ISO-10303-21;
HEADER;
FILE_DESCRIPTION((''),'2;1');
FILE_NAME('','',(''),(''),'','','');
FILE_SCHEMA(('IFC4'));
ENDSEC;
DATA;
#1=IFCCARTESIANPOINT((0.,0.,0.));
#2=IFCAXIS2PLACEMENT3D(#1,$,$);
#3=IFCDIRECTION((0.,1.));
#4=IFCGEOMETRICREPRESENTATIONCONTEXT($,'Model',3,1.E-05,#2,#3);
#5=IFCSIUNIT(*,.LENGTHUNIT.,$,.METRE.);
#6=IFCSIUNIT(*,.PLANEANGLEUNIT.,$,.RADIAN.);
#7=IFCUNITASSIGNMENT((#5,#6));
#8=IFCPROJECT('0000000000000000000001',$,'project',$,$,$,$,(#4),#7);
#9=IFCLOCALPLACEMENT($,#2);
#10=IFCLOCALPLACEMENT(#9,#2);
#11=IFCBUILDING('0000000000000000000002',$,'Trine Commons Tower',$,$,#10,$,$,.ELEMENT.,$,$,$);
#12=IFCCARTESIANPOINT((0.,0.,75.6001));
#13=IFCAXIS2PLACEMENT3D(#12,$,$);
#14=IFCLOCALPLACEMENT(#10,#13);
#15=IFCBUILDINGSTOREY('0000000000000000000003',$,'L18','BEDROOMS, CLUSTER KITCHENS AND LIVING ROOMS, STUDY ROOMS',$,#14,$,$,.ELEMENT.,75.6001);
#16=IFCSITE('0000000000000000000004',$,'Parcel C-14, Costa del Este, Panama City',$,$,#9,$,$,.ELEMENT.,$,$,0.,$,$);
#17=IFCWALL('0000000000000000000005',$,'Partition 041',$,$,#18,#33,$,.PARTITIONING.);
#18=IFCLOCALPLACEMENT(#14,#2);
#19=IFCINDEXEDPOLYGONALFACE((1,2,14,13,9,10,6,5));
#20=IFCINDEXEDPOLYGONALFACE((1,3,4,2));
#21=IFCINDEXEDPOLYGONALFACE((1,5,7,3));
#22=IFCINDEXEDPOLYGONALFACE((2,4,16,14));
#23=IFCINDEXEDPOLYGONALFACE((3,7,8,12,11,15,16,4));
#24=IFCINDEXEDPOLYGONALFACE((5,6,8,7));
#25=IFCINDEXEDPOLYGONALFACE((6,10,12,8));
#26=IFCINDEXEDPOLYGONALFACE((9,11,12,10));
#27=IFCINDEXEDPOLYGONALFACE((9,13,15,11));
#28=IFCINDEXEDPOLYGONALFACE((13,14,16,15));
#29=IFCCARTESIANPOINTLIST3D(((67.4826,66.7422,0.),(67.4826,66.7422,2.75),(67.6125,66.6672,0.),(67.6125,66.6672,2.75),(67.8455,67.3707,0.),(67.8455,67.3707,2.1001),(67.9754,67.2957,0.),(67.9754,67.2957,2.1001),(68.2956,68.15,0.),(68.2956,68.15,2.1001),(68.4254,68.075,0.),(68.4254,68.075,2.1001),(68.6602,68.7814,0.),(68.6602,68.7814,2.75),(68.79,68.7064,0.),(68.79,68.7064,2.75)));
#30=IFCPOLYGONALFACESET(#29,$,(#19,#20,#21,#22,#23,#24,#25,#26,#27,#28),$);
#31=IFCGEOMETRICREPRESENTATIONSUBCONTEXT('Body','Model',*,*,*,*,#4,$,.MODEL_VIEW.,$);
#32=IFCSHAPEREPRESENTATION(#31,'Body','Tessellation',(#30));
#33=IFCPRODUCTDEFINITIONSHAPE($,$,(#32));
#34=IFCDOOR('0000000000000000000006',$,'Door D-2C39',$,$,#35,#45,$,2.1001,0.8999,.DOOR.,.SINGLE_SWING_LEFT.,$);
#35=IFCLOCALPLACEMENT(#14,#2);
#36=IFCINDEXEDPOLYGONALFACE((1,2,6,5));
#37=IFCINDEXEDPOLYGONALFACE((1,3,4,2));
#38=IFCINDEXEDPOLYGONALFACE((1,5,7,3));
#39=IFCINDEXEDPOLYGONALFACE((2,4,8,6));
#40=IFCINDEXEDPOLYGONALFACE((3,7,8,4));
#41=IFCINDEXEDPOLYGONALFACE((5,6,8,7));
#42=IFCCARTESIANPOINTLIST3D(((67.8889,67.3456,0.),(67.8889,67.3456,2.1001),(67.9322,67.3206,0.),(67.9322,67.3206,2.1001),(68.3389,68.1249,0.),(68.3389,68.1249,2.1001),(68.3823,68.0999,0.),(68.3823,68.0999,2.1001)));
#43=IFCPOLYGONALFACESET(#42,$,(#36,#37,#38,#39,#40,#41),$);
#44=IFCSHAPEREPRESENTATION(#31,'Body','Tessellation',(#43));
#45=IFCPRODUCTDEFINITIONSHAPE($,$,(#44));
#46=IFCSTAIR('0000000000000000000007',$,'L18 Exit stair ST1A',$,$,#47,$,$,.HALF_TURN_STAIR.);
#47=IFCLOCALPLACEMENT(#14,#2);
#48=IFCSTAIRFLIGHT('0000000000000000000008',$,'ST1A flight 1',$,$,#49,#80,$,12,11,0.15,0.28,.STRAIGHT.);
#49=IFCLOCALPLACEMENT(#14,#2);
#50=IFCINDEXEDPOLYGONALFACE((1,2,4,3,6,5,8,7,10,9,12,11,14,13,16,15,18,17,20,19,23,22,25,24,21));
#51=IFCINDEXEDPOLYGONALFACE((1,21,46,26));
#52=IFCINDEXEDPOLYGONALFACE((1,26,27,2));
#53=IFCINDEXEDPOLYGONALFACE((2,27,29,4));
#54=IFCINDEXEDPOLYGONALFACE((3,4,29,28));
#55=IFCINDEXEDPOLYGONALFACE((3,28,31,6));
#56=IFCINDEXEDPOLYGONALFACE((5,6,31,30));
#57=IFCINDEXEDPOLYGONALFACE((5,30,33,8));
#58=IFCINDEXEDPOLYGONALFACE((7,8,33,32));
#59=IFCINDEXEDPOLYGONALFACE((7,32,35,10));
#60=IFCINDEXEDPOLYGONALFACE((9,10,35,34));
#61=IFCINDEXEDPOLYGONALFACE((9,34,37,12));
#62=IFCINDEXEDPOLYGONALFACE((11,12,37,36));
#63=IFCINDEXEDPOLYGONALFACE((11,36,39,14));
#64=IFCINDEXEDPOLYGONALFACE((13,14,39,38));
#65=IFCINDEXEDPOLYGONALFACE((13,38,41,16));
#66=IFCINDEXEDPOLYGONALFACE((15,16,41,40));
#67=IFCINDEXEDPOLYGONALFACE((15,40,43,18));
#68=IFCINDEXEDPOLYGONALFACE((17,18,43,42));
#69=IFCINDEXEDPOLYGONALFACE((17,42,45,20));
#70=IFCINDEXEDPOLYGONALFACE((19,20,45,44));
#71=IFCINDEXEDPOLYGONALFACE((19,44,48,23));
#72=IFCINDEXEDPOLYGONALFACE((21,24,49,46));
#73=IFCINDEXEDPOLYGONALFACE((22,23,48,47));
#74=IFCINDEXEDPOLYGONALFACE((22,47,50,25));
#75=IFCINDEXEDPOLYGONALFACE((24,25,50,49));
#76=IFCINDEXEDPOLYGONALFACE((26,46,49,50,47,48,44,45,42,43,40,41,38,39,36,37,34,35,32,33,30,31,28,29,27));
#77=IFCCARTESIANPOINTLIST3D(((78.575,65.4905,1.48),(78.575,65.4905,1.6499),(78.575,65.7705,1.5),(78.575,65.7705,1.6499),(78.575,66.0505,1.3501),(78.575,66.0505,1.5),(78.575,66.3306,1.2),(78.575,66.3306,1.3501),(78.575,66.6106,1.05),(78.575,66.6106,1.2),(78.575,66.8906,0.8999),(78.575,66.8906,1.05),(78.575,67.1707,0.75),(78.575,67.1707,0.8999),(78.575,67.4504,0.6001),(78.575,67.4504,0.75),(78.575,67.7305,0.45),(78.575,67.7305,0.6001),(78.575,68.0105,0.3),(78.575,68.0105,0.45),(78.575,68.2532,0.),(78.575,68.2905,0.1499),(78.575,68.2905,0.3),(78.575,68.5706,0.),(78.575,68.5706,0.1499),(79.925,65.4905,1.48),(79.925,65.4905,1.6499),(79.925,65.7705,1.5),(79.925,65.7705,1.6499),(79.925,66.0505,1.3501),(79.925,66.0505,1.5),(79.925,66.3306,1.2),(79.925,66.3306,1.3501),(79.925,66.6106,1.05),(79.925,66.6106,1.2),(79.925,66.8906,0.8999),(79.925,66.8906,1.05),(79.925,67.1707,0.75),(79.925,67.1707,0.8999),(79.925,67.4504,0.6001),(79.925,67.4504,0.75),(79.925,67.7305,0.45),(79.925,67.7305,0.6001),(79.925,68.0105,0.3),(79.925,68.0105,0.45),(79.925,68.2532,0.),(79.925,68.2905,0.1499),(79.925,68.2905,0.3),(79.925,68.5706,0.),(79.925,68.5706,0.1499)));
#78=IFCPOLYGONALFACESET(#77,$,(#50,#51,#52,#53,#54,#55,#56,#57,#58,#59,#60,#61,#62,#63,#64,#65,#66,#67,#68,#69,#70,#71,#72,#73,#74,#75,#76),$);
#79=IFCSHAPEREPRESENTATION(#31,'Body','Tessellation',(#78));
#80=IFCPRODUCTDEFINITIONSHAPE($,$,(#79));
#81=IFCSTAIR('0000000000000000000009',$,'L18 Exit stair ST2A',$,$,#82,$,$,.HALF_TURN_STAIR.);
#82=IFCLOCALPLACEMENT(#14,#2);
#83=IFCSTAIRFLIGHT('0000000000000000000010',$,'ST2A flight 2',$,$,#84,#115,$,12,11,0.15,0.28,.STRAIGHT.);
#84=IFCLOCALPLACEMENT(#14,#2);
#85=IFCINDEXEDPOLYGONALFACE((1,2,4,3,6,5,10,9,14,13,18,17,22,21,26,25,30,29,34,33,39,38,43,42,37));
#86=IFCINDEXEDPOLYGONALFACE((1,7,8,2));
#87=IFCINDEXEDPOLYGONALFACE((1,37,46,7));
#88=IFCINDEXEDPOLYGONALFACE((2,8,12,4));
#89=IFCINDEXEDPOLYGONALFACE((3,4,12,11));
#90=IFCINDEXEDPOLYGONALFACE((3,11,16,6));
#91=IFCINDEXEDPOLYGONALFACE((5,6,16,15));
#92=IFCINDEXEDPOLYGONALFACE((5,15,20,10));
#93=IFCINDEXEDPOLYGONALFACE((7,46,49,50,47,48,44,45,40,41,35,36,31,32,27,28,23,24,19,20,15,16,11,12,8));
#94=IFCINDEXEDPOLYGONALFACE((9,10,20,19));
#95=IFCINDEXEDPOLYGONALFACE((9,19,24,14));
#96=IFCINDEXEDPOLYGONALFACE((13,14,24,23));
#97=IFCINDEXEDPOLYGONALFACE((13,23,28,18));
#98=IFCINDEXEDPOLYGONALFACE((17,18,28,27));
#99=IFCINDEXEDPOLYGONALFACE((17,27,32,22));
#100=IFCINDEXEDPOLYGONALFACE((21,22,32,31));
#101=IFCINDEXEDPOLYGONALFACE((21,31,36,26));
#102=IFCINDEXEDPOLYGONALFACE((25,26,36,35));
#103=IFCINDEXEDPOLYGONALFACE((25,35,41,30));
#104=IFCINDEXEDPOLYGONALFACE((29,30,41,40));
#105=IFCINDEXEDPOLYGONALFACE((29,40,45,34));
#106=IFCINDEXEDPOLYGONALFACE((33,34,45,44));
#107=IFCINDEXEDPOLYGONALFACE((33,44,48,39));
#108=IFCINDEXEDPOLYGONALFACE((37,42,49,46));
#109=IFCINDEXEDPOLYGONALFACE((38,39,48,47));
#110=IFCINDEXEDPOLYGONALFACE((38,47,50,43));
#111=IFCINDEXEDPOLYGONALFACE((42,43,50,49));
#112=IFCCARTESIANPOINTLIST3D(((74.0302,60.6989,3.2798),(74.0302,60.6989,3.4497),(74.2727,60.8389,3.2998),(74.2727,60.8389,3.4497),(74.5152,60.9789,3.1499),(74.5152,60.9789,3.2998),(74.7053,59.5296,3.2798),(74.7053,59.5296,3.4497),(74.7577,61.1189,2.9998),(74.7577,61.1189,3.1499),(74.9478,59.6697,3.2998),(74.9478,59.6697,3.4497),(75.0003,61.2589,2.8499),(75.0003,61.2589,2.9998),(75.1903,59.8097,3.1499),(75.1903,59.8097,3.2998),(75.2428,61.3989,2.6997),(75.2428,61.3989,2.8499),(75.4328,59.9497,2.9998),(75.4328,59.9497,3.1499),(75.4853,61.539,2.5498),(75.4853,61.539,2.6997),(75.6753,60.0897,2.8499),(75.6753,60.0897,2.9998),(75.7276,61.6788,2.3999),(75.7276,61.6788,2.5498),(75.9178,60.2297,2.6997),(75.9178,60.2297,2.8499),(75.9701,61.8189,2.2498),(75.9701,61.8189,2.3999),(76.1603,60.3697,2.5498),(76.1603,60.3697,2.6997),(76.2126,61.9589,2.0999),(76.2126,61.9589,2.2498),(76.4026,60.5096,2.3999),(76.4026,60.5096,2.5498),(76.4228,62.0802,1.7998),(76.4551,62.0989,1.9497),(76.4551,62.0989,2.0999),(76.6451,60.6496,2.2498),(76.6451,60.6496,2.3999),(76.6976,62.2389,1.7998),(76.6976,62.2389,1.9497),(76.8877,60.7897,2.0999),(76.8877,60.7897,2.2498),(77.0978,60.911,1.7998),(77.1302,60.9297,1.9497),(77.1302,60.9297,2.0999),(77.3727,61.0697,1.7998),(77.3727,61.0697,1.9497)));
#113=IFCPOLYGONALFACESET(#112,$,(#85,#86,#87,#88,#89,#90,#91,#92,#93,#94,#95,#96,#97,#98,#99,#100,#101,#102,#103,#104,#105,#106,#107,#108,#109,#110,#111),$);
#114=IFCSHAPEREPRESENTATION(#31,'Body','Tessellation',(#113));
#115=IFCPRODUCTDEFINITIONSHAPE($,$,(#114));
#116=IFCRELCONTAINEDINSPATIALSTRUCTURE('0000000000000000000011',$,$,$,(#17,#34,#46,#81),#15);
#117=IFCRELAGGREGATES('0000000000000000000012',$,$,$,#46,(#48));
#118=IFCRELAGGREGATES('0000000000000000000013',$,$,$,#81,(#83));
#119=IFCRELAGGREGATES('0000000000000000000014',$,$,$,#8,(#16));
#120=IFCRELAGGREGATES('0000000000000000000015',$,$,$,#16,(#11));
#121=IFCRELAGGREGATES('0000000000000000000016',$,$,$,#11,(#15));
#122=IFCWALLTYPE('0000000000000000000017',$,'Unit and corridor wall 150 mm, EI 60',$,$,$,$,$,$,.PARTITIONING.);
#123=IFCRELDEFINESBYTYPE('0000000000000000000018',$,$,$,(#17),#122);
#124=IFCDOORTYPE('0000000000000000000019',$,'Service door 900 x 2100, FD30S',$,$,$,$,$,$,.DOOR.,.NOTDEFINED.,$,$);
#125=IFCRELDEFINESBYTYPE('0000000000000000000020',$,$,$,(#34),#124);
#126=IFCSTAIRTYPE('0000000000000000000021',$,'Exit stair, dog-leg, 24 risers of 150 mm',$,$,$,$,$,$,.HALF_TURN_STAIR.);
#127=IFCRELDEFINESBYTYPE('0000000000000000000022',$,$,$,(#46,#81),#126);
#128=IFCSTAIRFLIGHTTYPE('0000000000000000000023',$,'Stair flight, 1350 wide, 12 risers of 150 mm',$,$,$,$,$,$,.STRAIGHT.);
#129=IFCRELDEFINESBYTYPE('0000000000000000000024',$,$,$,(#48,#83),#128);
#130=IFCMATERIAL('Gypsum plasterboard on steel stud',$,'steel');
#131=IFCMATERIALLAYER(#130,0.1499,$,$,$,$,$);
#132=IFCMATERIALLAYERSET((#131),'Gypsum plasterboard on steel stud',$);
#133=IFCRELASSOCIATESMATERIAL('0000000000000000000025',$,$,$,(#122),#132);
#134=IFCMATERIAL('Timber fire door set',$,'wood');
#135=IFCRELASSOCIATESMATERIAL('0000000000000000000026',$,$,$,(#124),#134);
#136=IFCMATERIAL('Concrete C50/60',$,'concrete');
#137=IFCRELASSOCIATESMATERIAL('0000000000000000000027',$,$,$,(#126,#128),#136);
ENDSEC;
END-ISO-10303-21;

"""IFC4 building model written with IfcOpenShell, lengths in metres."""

from ifc_helpers import new_model, si_unit, direction, frame, frame_2d, origin, place, context, subcontext, project, spatial, polyline, rectangle, outline, extrude, material, layer, layer_set, type_object, element, fill, aggregate, save


model = new_model("IFC4")

# Units and contexts
model_context = context("Model", 3, precision=1e-05, world=origin(), true_north=direction((0.0, 1.0)))
body_context = subcontext(model_context, "Body", "Model", "MODEL_VIEW")
ifc_project = project(units=[si_unit("LENGTHUNIT", "METRE"), si_unit("PLANEANGLEUNIT", "RADIAN")], contexts=[model_context])

# Site, building, storey
site_placement = place(None, origin())
site = spatial("IfcSite", under=ifc_project, at=site_placement, Name="Parcel C-14, Costa del Este, Panama City", CompositionType="ELEMENT", RefElevation=0.0)
building_placement = place(site_placement, origin())
building = spatial("IfcBuilding", under=site, at=building_placement, Name="Trine Commons Tower", CompositionType="ELEMENT")
storey_placement = place(building_placement, frame((0.0, 0.0, 75.6001)))
storey = spatial("IfcBuildingStorey", under=building, at=storey_placement, Name="L18", Description="BEDROOMS, CLUSTER KITCHENS AND LIVING ROOMS, STUDY ROOMS", CompositionType="ELEMENT", Elevation=75.6001)

# Shared definitions
ifc_material_1 = material(Name="Concrete C50/60", Category="concrete")

# Shared definitions
ifc_material_2 = material(Name="Gypsum plasterboard on steel stud", Category="steel")
ifc_layer_1 = layer(ifc_material_2, 0.1499)
ifc_layer_set_1 = layer_set([ifc_layer_1], Name="Gypsum plasterboard on steel stud")
wall_type_1 = type_object("IfcWallType", Name="Unit and corridor wall 150 mm, EI 60", PredefinedType="PARTITIONING", material=ifc_layer_set_1)

# Wall, opening, door
wall_1_placement = place(storey_placement, frame((67.5476, 66.7048, 0.0), z_axis=(0.0, 0.0, 1.0), x_axis=(0.500075, 0.865982, 0.0)))
wall_1 = element("IfcWall", 1, at=wall_1_placement, inside=storey, type_object=wall_type_1, Name="Partition 041", PredefinedType="PARTITIONING", context=body_context, shape_type="SweptSolid", body=[
    extrude(rectangle(XDim=2.3547, YDim=0.1499, at=frame_2d((1.1772, 0.0))), origin(), (0.0, 0.0, 1.0), 2.75),
])
opening_1_placement = place(wall_1_placement, frame((0.7256, 0.0, 0.0)))
opening_1 = element("IfcOpeningElement", 2, at=opening_1_placement, cuts=wall_1, PredefinedType="OPENING", context=body_context, shape_type="SweptSolid", body=[
    extrude(rectangle(XDim=0.8999, YDim=2.1001, at=frame_2d((0.45, 1.05))), frame((0.0, 0.085, 0.0), z_axis=(0.0, -1.0, 0.0), x_axis=(1.0, 0.0, 0.0)), (0.0, 0.0, 1.0), 0.1699),
])
ifc_material_3 = material(Name="Timber fire door set", Category="wood")
door_type_1 = type_object("IfcDoorType", Name="Service door 900 x 2100, FD30S", OperationType="NOTDEFINED", PredefinedType="DOOR", material=ifc_material_3)
door_1_placement = place(opening_1_placement, origin())
door_1 = element("IfcDoor", 3, at=door_1_placement, inside=storey, type_object=door_type_1, Name="Door D-2C39", OperationType="SINGLE_SWING_LEFT", OverallHeight=2.1001, OverallWidth=0.8999, PredefinedType="DOOR", context=body_context, shape_type="SweptSolid", body=[
    extrude(rectangle(XDim=0.8999, YDim=2.1001, at=frame_2d((0.45, 1.05))), frame((0.0, 0.0249, 0.0), z_axis=(0.0, -1.0, 0.0), x_axis=(1.0, 0.0, 0.0)), (0.0, 0.0, 1.0), 0.05),
])
fill(opening_1, door_1)

# Stairs, stair flights
stair_type = type_object("IfcStairType", Name="Exit stair, dog-leg, 24 risers of 150 mm", PredefinedType="HALF_TURN_STAIR", material=ifc_material_1)
stair_1_placement = place(storey_placement, origin())
stair_1 = element("IfcStair", 4, at=stair_1_placement, inside=storey, type_object=stair_type, Name="L18 Exit stair ST1A", PredefinedType="HALF_TURN_STAIR")
stair_flight_type = type_object("IfcStairFlightType", Name="Stair flight, 1350 wide, 12 risers of 150 mm", PredefinedType="STRAIGHT", material=ifc_material_1)
stair_flight_1_placement = place(storey_placement, frame((79.25, 68.5706, 0.0), z_axis=(0.0, 0.0, 1.0), x_axis=(0.0, -1.0, 0.0)))
stair_flight_1 = element("IfcStairFlight", 5, at=stair_flight_1_placement, type_object=stair_flight_type, Name="ST1A flight 1", NumberOfRisers=12, NumberOfTreads=11, PredefinedType="STRAIGHT", RiserHeight=0.15, TreadLength=0.28, context=body_context, shape_type="SweptSolid", body=[
    extrude(outline(polyline([(0.0, 0.0), (0.0, 0.1499), (0.28, 0.1499), (0.28, 0.3), (0.5601, 0.3), (0.5601, 0.45), (0.8401, 0.45), (0.8401, 0.6001), (1.1201, 0.6001), (1.1201, 0.75), (1.3999, 0.75), (1.3999, 0.8999), (1.6799, 0.8999), (1.6799, 1.05), (1.96, 1.05), (1.96, 1.2), (2.24, 1.2), (2.24, 1.3501), (2.52, 1.3501), (2.52, 1.5), (2.8, 1.5), (2.8, 1.6499), (3.0801, 1.6499), (3.0801, 1.8), (3.0801, 1.48), (0.3174, 0.0), (0.0, 0.0)])), frame((0.0, 0.675, 0.0), z_axis=(0.0, -1.0, 0.0), x_axis=(1.0, 0.0, 0.0)), (0.0, 0.0, 1.0), 1.3501),
])
aggregate(stair_1, [stair_flight_1])
stair_2_placement = place(storey_placement, origin())
stair_2 = element("IfcStair", 6, at=stair_2_placement, inside=storey, type_object=stair_type, Name="L18 Exit stair ST2A", PredefinedType="HALF_TURN_STAIR")
stair_flight_2_placement = place(storey_placement, frame((77.0352, 61.6543, 1.7998), z_axis=(0.0, 0.0, 1.0), x_axis=(-0.866025, -0.5, 0.0)))
stair_flight_2 = element("IfcStairFlight", 7, at=stair_flight_2_placement, type_object=stair_flight_type, Name="ST2A flight 2", NumberOfRisers=12, NumberOfTreads=11, PredefinedType="STRAIGHT", RiserHeight=0.15, TreadLength=0.28, context=body_context, shape_type="SweptSolid", body=[
    extrude(outline(polyline([(0.0, 0.0), (0.0, 0.1499), (0.28, 0.1499), (0.28, 0.3), (0.5601, 0.3), (0.5601, 0.45), (0.8401, 0.45), (0.8401, 0.6001), (1.1201, 0.6001), (1.1201, 0.75), (1.3999, 0.75), (1.3999, 0.8999), (1.6799, 0.8999), (1.6799, 1.05), (1.96, 1.05), (1.96, 1.2), (2.24, 1.2), (2.24, 1.3501), (2.52, 1.3501), (2.52, 1.5), (2.8, 1.5), (2.8, 1.6499), (3.0801, 1.6499), (3.0801, 1.8), (3.0801, 1.48), (0.3174, 0.0), (0.0, 0.0)])), frame((0.0, 0.675, 0.0), z_axis=(0.0, -1.0, 0.0), x_axis=(1.0, 0.0, 0.0)), (0.0, 0.0, 1.0), 1.3501),
])
aggregate(stair_2, [stair_flight_2])

save(model, "model.ifc")
